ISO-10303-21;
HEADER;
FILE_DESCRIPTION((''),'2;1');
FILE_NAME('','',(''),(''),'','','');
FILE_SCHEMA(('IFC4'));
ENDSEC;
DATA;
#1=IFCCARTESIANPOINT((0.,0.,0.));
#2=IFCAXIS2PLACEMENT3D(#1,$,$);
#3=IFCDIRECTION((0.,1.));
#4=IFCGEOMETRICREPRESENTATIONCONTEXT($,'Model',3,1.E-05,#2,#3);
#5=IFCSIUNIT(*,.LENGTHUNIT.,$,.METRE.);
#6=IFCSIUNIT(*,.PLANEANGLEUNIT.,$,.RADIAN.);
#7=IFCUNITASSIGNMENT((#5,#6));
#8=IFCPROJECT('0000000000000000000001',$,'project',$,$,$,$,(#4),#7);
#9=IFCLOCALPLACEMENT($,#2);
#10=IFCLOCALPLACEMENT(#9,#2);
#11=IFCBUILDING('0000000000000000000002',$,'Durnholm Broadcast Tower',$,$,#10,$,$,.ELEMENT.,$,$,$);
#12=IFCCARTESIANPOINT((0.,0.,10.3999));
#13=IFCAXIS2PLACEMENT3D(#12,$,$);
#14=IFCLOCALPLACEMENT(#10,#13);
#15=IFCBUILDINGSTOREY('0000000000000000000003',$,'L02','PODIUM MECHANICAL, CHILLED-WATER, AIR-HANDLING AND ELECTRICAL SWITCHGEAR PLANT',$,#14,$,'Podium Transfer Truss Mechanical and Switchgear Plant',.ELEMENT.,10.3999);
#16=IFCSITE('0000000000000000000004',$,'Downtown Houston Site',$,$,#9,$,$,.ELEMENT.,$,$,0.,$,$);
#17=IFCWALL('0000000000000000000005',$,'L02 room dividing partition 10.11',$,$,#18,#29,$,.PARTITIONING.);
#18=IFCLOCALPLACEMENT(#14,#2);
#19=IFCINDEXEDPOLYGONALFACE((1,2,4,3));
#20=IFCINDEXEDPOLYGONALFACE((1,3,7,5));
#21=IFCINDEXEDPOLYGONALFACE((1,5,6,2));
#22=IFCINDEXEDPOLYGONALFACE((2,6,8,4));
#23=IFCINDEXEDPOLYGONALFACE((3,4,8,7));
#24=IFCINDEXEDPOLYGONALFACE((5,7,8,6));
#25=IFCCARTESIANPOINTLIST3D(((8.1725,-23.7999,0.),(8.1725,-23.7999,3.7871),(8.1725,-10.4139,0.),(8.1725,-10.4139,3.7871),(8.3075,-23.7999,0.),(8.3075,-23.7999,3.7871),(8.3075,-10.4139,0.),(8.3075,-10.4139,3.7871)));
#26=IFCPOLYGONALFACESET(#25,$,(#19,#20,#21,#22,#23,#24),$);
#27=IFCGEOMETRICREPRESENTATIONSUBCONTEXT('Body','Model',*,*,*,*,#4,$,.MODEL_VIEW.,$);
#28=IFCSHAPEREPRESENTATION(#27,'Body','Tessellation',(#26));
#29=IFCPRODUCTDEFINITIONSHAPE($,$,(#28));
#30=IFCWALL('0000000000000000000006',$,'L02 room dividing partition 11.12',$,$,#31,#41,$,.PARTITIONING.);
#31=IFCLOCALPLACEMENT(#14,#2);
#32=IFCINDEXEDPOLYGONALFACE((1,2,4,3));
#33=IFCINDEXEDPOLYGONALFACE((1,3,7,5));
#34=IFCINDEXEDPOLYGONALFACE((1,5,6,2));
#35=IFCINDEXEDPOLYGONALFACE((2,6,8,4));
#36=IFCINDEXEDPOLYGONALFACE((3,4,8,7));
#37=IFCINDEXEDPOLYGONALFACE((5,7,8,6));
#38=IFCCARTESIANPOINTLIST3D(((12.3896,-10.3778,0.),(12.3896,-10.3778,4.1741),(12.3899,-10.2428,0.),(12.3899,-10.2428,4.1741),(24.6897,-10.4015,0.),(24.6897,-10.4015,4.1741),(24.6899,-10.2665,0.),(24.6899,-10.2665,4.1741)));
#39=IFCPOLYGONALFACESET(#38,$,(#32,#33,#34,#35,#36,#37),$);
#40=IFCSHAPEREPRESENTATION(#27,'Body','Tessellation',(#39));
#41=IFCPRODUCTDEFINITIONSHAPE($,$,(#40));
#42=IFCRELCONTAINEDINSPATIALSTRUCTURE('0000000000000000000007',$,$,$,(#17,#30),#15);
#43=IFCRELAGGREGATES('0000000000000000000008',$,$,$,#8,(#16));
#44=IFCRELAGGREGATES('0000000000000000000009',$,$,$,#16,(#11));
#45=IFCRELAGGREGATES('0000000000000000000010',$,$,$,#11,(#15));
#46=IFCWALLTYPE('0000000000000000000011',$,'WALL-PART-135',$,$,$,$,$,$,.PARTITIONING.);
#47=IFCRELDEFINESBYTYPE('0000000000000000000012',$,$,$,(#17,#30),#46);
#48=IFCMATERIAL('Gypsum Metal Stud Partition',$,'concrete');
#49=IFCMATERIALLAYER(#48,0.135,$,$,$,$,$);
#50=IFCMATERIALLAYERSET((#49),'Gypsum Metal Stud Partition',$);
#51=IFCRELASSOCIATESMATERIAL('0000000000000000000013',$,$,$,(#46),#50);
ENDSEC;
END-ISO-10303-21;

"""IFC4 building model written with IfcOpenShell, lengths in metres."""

from ifc_helpers import new_model, si_unit, direction, frame, frame_2d, origin, place, context, subcontext, project, spatial, rectangle, extrude, material, layer, layer_set, type_object, element, save


model = new_model("IFC4")

# Units and contexts
model_context = context("Model", 3, precision=1e-05, world=origin(), true_north=direction((0.0, 1.0)))
body_context = subcontext(model_context, "Body", "Model", "MODEL_VIEW")
ifc_project = project(units=[si_unit("LENGTHUNIT", "METRE"), si_unit("PLANEANGLEUNIT", "RADIAN")], contexts=[model_context])

# Site, building, storey
site_placement = place(None, origin())
site = spatial("IfcSite", under=ifc_project, at=site_placement, Name="Downtown Houston Site", CompositionType="ELEMENT", RefElevation=0.0)
building_placement = place(site_placement, origin())
building = spatial("IfcBuilding", under=site, at=building_placement, Name="Durnholm Broadcast Tower", CompositionType="ELEMENT")
storey_placement = place(building_placement, frame((0.0, 0.0, 10.3999)))
storey = spatial("IfcBuildingStorey", under=building, at=storey_placement, Name="L02", Description="PODIUM MECHANICAL, CHILLED-WATER, AIR-HANDLING AND ELECTRICAL SWITCHGEAR PLANT", LongName="Podium Transfer Truss Mechanical and Switchgear Plant", CompositionType="ELEMENT", Elevation=10.3999)

# Walls
ifc_material_1 = material(Name="Gypsum Metal Stud Partition", Category="concrete")
ifc_layer_1 = layer(ifc_material_1, 0.135)
ifc_layer_set_1 = layer_set([ifc_layer_1], Name="Gypsum Metal Stud Partition")
wall_type_1 = type_object("IfcWallType", Name="WALL-PART-135", PredefinedType="PARTITIONING", material=ifc_layer_set_1)
wall_1_placement = place(storey_placement, frame((8.24, -10.4141, 0.0), z_axis=(0.0, 0.0, 1.0), x_axis=(0.0, -1.0, 0.0)))
element("IfcWall", 1, at=wall_1_placement, inside=storey, type_object=wall_type_1, Name="L02 room dividing partition 10.11", PredefinedType="PARTITIONING", context=body_context, shape_type="SweptSolid", body=[
    extrude(rectangle(XDim=13.386, YDim=0.135, at=frame_2d((6.6929, 0.0))), origin(), (0.0, 0.0, 1.0), 3.7871),
])
wall_2_placement = place(storey_placement, frame((12.3899, -10.3103, 0.0), z_axis=(0.0, 0.0, 1.0), x_axis=(0.999998, -0.001925, 0.0)))
element("IfcWall", 2, at=wall_2_placement, inside=storey, type_object=wall_type_1, Name="L02 room dividing partition 11.12", PredefinedType="PARTITIONING", context=body_context, shape_type="SweptSolid", body=[
    extrude(rectangle(XDim=12.3, YDim=0.135, at=frame_2d((6.1499, 0.0))), origin(), (0.0, 0.0, 1.0), 4.1741),
])

save(model, "model.ifc")
